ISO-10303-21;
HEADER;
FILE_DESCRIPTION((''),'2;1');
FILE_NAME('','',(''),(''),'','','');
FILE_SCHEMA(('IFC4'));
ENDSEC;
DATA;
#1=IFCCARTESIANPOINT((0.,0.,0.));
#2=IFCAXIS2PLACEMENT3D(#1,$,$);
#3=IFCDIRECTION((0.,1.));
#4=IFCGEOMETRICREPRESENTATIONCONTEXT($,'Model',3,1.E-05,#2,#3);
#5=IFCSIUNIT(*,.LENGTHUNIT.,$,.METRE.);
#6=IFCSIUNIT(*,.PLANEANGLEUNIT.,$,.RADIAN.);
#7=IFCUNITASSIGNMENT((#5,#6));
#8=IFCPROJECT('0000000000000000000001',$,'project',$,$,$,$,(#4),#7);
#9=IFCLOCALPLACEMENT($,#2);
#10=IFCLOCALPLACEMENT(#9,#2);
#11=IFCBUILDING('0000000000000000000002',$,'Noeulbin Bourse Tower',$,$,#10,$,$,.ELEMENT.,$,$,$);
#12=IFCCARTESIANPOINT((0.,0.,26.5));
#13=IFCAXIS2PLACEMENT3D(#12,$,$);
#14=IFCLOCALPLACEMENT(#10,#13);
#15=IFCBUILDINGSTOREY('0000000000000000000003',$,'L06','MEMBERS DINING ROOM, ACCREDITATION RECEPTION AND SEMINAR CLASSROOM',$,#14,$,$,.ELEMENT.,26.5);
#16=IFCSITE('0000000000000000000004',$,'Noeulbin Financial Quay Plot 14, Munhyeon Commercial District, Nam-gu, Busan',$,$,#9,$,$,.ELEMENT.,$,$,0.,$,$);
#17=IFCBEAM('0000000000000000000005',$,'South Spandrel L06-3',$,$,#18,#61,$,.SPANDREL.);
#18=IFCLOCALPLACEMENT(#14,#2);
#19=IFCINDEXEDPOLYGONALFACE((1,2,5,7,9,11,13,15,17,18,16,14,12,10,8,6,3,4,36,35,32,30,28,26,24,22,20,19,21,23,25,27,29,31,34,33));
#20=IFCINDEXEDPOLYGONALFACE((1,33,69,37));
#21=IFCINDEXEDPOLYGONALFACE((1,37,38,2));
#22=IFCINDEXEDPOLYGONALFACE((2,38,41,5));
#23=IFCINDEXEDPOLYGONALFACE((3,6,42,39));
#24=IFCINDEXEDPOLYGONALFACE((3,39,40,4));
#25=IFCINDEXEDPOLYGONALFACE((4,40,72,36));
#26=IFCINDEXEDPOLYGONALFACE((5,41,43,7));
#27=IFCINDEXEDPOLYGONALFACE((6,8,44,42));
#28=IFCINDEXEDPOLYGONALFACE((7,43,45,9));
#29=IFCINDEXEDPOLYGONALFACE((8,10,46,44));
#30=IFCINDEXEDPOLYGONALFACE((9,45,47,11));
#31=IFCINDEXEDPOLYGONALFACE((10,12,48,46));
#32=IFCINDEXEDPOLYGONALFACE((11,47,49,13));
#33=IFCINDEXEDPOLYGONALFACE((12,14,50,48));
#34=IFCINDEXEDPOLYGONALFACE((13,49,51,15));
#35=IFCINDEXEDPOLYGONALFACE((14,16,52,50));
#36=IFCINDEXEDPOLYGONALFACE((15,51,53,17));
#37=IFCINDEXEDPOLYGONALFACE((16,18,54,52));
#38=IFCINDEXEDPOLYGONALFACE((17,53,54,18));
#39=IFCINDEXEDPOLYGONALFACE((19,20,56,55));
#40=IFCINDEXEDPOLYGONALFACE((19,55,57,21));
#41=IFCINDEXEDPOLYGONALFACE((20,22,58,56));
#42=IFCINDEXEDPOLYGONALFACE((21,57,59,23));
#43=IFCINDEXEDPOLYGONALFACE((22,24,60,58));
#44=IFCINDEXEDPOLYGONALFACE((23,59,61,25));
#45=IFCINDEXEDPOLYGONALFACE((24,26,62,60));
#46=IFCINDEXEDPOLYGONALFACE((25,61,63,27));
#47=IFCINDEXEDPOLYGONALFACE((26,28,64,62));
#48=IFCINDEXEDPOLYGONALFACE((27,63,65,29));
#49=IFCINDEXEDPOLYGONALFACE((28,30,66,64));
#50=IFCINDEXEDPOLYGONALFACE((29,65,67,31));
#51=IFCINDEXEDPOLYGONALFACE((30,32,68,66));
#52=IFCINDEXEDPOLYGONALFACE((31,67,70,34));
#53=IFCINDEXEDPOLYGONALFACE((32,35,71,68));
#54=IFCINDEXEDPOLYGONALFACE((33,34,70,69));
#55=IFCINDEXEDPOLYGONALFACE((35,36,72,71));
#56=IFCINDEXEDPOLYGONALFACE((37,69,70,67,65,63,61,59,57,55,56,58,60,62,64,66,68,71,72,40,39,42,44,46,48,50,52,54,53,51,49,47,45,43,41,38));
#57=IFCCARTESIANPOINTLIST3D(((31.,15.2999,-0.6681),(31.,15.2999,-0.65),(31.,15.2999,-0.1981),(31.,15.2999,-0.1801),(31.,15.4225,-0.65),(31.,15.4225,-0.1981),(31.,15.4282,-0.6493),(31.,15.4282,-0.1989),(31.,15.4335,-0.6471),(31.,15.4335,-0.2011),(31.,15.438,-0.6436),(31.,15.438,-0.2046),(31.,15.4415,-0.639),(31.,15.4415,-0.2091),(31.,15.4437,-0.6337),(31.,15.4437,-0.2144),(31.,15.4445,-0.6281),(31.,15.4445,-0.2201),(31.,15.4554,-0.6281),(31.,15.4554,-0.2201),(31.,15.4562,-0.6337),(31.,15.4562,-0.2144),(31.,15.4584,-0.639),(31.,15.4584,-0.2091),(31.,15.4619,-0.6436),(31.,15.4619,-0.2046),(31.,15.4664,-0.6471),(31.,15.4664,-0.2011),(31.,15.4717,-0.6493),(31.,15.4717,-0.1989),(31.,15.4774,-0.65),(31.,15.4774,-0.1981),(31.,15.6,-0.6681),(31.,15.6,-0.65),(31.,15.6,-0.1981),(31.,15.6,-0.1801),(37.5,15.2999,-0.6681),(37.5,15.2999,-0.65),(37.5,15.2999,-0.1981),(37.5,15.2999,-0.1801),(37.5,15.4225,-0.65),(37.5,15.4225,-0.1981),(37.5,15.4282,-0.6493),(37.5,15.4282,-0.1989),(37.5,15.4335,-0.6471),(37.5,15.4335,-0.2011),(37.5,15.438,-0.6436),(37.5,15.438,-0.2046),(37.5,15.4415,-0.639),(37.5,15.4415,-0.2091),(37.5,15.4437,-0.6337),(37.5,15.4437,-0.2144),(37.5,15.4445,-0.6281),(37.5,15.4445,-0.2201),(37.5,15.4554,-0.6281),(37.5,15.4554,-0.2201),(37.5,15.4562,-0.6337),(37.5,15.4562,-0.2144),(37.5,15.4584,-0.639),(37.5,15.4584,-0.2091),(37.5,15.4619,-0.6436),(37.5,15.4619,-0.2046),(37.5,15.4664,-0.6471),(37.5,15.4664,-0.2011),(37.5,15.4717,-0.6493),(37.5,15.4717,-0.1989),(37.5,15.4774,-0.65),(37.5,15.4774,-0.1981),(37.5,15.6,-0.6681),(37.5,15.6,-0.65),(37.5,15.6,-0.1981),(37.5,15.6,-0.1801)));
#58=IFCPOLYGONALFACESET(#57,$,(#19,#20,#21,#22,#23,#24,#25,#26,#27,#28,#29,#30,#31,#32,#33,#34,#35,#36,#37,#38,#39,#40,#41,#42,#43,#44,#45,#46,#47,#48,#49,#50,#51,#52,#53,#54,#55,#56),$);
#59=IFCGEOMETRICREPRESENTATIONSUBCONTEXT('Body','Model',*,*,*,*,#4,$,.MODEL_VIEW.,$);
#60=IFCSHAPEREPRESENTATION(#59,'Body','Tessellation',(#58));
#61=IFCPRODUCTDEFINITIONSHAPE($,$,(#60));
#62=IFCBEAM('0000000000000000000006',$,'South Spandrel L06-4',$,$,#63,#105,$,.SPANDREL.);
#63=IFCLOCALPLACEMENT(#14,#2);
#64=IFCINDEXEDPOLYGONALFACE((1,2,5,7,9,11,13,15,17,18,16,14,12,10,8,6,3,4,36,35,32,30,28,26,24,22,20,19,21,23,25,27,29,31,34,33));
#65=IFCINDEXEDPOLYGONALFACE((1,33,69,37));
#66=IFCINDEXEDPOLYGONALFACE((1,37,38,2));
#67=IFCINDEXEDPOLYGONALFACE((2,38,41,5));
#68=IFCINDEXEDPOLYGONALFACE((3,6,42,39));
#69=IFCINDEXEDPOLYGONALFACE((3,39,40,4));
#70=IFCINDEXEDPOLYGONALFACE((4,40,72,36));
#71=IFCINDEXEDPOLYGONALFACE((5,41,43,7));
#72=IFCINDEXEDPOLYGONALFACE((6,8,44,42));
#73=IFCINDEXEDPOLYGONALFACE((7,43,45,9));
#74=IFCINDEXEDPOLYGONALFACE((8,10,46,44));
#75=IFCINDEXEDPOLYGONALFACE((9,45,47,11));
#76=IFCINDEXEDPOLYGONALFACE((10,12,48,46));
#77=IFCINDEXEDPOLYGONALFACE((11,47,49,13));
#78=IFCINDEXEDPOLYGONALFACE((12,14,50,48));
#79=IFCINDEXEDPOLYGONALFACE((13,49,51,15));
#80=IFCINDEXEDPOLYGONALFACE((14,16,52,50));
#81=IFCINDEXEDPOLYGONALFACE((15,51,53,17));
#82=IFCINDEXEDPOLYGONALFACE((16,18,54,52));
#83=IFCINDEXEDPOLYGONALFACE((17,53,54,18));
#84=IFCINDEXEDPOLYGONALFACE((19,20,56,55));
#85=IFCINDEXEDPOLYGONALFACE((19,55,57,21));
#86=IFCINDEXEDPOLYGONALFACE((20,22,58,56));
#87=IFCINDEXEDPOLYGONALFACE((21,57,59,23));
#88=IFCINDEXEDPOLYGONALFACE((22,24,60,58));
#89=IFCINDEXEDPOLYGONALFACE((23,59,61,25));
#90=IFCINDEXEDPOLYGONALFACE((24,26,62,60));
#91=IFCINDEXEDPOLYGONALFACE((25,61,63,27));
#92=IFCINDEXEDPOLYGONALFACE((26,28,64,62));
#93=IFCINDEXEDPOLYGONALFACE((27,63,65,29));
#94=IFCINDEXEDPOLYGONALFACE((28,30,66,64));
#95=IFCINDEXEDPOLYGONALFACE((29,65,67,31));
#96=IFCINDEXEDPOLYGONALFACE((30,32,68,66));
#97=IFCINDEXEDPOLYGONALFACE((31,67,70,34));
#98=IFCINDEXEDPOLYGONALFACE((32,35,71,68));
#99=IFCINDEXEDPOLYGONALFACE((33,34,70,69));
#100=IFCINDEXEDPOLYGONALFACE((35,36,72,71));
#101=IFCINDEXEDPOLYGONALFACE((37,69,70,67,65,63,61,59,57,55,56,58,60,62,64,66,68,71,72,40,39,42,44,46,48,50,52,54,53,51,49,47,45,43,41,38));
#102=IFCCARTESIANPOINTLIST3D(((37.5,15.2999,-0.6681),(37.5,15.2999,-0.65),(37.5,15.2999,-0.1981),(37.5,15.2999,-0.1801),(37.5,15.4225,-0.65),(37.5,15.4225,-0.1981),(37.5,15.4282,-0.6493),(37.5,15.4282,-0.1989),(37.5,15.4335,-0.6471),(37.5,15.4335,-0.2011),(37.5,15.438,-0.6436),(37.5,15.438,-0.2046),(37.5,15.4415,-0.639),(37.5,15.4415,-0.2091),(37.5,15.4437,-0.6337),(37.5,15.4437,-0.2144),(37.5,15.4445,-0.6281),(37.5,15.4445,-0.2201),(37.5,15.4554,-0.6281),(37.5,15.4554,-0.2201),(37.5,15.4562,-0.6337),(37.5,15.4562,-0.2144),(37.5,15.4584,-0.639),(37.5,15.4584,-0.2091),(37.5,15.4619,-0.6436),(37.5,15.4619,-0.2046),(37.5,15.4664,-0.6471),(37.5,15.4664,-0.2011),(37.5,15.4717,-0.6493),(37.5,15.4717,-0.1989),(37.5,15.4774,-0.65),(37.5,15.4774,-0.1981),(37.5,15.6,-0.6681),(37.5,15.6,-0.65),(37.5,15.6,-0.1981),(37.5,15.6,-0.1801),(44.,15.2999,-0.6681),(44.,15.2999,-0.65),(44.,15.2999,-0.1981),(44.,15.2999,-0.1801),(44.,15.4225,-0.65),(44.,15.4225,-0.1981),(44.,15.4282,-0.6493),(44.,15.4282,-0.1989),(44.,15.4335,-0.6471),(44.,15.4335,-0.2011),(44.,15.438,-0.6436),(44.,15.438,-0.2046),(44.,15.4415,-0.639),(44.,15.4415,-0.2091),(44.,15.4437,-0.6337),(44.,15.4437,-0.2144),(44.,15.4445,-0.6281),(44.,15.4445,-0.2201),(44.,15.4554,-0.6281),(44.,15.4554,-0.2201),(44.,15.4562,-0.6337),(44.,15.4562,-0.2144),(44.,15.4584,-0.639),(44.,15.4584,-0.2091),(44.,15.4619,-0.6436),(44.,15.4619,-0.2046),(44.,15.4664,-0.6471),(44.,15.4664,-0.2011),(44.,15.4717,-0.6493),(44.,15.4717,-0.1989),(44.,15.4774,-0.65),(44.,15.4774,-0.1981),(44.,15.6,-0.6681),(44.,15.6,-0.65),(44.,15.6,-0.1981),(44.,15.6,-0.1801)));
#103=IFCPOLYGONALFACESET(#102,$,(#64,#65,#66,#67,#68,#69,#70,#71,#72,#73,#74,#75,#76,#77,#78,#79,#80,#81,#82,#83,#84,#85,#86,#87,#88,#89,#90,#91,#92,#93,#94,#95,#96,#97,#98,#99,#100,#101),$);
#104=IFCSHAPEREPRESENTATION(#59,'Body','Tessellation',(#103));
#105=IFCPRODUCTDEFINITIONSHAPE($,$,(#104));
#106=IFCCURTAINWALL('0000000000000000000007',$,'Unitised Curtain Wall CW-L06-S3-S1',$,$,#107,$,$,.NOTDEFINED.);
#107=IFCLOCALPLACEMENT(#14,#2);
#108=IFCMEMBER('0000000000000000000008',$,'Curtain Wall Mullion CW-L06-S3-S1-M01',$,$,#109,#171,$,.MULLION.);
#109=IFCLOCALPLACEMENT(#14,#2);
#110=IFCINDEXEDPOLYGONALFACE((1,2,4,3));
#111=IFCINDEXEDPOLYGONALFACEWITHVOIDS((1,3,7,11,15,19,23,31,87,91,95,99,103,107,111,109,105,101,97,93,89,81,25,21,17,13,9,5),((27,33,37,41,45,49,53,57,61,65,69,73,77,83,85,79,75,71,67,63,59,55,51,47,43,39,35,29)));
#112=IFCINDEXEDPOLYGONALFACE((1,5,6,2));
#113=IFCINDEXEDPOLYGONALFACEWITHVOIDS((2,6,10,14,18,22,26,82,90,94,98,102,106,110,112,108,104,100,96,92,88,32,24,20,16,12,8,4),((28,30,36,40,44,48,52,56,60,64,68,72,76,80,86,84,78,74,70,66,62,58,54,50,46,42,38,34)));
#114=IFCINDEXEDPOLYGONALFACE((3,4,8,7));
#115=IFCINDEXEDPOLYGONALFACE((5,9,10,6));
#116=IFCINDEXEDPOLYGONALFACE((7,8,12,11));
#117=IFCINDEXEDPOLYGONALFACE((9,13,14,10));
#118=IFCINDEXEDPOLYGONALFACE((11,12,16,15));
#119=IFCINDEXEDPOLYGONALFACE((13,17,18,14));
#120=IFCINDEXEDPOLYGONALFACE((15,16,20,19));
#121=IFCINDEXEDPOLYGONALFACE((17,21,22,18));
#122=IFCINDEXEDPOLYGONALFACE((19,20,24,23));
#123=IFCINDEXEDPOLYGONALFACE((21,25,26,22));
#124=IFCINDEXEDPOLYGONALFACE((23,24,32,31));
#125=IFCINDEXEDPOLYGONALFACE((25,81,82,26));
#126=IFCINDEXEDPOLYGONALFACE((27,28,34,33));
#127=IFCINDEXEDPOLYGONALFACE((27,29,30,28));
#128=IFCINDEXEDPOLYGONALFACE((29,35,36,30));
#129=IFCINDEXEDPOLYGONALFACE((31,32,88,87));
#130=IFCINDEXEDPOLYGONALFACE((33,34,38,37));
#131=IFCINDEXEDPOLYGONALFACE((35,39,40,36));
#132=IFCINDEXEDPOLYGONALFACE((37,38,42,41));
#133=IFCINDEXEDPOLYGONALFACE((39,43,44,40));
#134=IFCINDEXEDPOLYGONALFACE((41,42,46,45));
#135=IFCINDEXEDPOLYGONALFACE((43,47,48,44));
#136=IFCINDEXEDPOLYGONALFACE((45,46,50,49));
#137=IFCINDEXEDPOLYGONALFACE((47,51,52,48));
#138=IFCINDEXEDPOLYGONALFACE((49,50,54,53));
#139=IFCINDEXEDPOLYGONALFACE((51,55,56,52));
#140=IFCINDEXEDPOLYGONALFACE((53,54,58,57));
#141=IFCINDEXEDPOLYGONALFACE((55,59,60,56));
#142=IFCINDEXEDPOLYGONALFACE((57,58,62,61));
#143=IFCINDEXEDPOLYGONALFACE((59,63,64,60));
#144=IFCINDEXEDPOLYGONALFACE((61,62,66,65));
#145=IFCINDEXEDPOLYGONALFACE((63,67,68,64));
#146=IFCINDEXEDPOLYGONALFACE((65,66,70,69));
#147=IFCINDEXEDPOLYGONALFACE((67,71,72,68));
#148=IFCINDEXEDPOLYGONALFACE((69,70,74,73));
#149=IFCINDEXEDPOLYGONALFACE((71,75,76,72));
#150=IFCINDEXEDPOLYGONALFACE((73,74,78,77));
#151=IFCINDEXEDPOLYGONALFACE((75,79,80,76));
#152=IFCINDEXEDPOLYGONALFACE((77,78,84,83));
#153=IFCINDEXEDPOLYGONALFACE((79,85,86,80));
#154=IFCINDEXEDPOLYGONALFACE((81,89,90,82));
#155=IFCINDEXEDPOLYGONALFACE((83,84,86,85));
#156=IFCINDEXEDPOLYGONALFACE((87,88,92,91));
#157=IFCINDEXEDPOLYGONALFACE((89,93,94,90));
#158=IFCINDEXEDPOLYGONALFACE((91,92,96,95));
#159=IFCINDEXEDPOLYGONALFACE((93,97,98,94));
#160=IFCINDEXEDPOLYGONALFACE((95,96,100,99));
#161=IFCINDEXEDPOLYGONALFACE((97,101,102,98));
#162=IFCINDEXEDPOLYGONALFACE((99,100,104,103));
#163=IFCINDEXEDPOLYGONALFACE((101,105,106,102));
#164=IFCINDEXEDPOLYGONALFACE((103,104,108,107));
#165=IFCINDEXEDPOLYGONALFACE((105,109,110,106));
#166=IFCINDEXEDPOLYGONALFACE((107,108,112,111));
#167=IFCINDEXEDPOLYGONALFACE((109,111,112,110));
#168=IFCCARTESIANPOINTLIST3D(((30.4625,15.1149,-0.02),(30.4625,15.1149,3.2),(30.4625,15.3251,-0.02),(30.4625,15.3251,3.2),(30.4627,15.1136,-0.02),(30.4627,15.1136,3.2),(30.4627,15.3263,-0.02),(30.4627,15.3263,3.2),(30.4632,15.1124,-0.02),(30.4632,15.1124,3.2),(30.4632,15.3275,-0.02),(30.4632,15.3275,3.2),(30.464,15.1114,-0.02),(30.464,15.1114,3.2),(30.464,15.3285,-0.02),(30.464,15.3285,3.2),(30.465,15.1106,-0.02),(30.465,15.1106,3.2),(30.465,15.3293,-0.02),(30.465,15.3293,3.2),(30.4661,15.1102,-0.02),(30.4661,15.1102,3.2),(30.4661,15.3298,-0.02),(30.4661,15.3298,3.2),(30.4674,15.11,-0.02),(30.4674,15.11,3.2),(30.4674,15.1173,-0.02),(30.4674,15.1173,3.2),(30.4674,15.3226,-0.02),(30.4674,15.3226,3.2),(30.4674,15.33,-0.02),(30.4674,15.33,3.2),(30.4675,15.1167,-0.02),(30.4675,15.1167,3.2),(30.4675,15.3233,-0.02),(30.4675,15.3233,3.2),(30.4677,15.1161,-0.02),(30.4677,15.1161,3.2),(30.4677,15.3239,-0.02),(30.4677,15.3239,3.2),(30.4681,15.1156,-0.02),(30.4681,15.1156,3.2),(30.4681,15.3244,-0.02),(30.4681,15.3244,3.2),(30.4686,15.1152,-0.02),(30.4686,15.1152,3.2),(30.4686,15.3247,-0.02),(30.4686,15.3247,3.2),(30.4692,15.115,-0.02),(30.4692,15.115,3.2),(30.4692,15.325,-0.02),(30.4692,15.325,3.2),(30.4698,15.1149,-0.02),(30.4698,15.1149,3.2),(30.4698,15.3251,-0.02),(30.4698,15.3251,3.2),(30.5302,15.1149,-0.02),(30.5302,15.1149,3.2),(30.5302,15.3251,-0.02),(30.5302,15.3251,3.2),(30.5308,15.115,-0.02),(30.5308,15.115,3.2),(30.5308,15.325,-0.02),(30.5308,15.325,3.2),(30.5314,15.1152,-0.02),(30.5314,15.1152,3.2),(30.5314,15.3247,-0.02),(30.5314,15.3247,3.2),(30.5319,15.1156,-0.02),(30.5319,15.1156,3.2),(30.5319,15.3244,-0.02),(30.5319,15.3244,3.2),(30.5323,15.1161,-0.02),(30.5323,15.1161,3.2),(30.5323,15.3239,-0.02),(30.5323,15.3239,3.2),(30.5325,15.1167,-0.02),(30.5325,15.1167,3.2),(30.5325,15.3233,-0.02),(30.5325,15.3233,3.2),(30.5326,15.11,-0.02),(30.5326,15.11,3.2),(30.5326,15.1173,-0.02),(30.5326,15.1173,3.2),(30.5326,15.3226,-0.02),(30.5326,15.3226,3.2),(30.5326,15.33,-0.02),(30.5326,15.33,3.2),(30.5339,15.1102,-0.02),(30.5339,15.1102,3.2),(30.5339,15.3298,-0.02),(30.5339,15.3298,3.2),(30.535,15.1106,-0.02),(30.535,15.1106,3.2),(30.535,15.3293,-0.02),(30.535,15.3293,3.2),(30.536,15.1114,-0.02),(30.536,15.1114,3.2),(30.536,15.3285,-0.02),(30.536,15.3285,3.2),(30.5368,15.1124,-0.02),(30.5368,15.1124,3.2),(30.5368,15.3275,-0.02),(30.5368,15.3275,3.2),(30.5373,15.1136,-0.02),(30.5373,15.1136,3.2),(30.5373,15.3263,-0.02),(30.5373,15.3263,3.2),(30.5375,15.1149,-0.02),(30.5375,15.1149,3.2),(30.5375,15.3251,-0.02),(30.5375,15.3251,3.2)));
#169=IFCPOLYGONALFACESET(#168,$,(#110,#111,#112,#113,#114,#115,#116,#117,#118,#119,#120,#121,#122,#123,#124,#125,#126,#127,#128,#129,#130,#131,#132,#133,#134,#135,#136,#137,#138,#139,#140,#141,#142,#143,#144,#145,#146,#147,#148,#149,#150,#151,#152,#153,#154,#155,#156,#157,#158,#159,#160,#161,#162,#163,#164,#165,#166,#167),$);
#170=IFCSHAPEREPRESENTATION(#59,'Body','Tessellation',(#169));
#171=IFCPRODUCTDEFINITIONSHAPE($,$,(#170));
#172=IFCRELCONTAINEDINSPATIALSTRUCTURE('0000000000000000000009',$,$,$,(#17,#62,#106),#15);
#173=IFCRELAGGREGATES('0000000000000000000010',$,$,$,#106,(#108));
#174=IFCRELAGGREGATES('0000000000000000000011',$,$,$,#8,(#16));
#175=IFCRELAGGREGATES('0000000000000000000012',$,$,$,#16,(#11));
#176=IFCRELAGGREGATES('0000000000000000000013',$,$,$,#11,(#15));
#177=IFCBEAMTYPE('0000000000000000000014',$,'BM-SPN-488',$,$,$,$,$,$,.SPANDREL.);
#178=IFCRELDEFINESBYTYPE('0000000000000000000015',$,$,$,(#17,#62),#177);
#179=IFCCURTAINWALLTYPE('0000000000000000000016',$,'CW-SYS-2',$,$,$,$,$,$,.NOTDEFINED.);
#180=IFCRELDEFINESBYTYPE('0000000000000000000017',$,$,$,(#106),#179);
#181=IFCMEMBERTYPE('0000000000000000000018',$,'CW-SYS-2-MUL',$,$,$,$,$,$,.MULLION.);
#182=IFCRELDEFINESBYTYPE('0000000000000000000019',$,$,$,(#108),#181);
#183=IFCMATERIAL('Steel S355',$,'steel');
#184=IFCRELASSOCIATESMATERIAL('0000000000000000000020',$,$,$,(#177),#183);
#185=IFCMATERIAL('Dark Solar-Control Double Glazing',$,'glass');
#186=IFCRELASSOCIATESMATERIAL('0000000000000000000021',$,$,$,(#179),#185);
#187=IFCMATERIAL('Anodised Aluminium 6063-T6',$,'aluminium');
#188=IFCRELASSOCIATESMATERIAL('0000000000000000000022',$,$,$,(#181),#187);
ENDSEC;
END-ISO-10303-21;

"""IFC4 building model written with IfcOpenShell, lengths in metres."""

from ifc_helpers import new_model, si_unit, direction, frame, origin, origin_2d, place, context, subcontext, project, spatial, hollow_rectangle, i_section, extrude, material, material_profile, profile_set, type_object, element, aggregate, save


model = new_model("IFC4")

# Units and contexts
model_context = context("Model", 3, precision=1e-05, world=origin(), true_north=direction((0.0, 1.0)))
body_context = subcontext(model_context, "Body", "Model", "MODEL_VIEW")
ifc_project = project(units=[si_unit("LENGTHUNIT", "METRE"), si_unit("PLANEANGLEUNIT", "RADIAN")], contexts=[model_context])

# Site, building, storey
site_placement = place(None, origin())
site = spatial("IfcSite", under=ifc_project, at=site_placement, Name="Noeulbin Financial Quay Plot 14, Munhyeon Commercial District, Nam-gu, Busan", CompositionType="ELEMENT", RefElevation=0.0)
building_placement = place(site_placement, origin())
building = spatial("IfcBuilding", under=site, at=building_placement, Name="Noeulbin Bourse Tower", CompositionType="ELEMENT")
storey_placement = place(building_placement, frame((0.0, 0.0, 26.5)))
storey = spatial("IfcBuildingStorey", under=building, at=storey_placement, Name="L06", Description="MEMBERS DINING ROOM, ACCREDITATION RECEPTION AND SEMINAR CLASSROOM", CompositionType="ELEMENT", Elevation=26.5)

# Beams
ifc_material_1 = material(Name="Steel S355", Category="steel")
ifc_material_profile_1 = material_profile(ifc_material_1, i_section(OverallWidth=0.3, OverallDepth=0.488, WebThickness=0.011, FlangeThickness=0.0181, FilletRadius=0.022, at=origin_2d()), Name="H-488x300x11x18", Category="LoadBearing")
ifc_profile_set_1 = profile_set([ifc_material_profile_1], Name="Steel S355")
beam_type_1 = type_object("IfcBeamType", Name="BM-SPN-488", PredefinedType="SPANDREL", material=ifc_profile_set_1)
for number, where, z_axis, x_axis, name in (
    (1, (31.0, 15.45, -0.4241), (1.0, 0.0, 0.0), (0.0, 1.0, 0.0), "South Spandrel L06-3"),
    (2, (37.5, 15.45, -0.4241), (1.0, 0.0, 0.0), (0.0, 1.0, 0.0), "South Spandrel L06-4"),
):
    element("IfcBeam", number, at=place(storey_placement, frame(where, z_axis=z_axis, x_axis=x_axis)), inside=storey, type_object=beam_type_1, Name=name, PredefinedType="SPANDREL", context=body_context, shape_type="SweptSolid", body=[
        extrude(i_section(OverallWidth=0.3, OverallDepth=0.488, WebThickness=0.011, FlangeThickness=0.0181, FilletRadius=0.022, at=origin_2d()), origin(), (0.0, 0.0, 1.0), 6.5),
    ])

# Curtain wall, member
ifc_material_2 = material(Name="Dark Solar-Control Double Glazing", Category="glass")
curtain_wall_type = type_object("IfcCurtainWallType", Name="CW-SYS-2", PredefinedType="NOTDEFINED", material=ifc_material_2)
curtain_wall_1_placement = place(storey_placement, origin())
curtain_wall_1 = element("IfcCurtainWall", 3, at=curtain_wall_1_placement, inside=storey, type_object=curtain_wall_type, Name="Unitised Curtain Wall CW-L06-S3-S1", PredefinedType="NOTDEFINED")
ifc_material_3 = material(Name="Anodised Aluminium 6063-T6", Category="aluminium")
ifc_material_profile_2 = material_profile(ifc_material_3, hollow_rectangle(XDim=0.075, YDim=0.22, WallThickness=0.0049, InnerFilletRadius=0.0024, OuterFilletRadius=0.0049, at=origin_2d()), Name="ALU-MULL-75x220x5", Category="LoadBearing")
ifc_profile_set_2 = profile_set([ifc_material_profile_2], Name="Anodised Aluminium 6063-T6")
member_type_1 = type_object("IfcMemberType", Name="CW-SYS-2-MUL", PredefinedType="MULLION", material=ifc_profile_set_2)
member_1_placement = place(storey_placement, frame((30.5, 15.22, -0.02), z_axis=(0.0, 0.0, 1.0), x_axis=(1.0, 0.0, 0.0)))
member_1 = element("IfcMember", 4, at=member_1_placement, type_object=member_type_1, Name="Curtain Wall Mullion CW-L06-S3-S1-M01", PredefinedType="MULLION", context=body_context, shape_type="SweptSolid", body=[
    extrude(hollow_rectangle(XDim=0.075, YDim=0.22, WallThickness=0.0049, InnerFilletRadius=0.0024, OuterFilletRadius=0.0049, at=origin_2d()), origin(), (0.0, 0.0, 1.0), 3.22),
])

aggregate(curtain_wall_1, [member_1])

save(model, "model.ifc")
